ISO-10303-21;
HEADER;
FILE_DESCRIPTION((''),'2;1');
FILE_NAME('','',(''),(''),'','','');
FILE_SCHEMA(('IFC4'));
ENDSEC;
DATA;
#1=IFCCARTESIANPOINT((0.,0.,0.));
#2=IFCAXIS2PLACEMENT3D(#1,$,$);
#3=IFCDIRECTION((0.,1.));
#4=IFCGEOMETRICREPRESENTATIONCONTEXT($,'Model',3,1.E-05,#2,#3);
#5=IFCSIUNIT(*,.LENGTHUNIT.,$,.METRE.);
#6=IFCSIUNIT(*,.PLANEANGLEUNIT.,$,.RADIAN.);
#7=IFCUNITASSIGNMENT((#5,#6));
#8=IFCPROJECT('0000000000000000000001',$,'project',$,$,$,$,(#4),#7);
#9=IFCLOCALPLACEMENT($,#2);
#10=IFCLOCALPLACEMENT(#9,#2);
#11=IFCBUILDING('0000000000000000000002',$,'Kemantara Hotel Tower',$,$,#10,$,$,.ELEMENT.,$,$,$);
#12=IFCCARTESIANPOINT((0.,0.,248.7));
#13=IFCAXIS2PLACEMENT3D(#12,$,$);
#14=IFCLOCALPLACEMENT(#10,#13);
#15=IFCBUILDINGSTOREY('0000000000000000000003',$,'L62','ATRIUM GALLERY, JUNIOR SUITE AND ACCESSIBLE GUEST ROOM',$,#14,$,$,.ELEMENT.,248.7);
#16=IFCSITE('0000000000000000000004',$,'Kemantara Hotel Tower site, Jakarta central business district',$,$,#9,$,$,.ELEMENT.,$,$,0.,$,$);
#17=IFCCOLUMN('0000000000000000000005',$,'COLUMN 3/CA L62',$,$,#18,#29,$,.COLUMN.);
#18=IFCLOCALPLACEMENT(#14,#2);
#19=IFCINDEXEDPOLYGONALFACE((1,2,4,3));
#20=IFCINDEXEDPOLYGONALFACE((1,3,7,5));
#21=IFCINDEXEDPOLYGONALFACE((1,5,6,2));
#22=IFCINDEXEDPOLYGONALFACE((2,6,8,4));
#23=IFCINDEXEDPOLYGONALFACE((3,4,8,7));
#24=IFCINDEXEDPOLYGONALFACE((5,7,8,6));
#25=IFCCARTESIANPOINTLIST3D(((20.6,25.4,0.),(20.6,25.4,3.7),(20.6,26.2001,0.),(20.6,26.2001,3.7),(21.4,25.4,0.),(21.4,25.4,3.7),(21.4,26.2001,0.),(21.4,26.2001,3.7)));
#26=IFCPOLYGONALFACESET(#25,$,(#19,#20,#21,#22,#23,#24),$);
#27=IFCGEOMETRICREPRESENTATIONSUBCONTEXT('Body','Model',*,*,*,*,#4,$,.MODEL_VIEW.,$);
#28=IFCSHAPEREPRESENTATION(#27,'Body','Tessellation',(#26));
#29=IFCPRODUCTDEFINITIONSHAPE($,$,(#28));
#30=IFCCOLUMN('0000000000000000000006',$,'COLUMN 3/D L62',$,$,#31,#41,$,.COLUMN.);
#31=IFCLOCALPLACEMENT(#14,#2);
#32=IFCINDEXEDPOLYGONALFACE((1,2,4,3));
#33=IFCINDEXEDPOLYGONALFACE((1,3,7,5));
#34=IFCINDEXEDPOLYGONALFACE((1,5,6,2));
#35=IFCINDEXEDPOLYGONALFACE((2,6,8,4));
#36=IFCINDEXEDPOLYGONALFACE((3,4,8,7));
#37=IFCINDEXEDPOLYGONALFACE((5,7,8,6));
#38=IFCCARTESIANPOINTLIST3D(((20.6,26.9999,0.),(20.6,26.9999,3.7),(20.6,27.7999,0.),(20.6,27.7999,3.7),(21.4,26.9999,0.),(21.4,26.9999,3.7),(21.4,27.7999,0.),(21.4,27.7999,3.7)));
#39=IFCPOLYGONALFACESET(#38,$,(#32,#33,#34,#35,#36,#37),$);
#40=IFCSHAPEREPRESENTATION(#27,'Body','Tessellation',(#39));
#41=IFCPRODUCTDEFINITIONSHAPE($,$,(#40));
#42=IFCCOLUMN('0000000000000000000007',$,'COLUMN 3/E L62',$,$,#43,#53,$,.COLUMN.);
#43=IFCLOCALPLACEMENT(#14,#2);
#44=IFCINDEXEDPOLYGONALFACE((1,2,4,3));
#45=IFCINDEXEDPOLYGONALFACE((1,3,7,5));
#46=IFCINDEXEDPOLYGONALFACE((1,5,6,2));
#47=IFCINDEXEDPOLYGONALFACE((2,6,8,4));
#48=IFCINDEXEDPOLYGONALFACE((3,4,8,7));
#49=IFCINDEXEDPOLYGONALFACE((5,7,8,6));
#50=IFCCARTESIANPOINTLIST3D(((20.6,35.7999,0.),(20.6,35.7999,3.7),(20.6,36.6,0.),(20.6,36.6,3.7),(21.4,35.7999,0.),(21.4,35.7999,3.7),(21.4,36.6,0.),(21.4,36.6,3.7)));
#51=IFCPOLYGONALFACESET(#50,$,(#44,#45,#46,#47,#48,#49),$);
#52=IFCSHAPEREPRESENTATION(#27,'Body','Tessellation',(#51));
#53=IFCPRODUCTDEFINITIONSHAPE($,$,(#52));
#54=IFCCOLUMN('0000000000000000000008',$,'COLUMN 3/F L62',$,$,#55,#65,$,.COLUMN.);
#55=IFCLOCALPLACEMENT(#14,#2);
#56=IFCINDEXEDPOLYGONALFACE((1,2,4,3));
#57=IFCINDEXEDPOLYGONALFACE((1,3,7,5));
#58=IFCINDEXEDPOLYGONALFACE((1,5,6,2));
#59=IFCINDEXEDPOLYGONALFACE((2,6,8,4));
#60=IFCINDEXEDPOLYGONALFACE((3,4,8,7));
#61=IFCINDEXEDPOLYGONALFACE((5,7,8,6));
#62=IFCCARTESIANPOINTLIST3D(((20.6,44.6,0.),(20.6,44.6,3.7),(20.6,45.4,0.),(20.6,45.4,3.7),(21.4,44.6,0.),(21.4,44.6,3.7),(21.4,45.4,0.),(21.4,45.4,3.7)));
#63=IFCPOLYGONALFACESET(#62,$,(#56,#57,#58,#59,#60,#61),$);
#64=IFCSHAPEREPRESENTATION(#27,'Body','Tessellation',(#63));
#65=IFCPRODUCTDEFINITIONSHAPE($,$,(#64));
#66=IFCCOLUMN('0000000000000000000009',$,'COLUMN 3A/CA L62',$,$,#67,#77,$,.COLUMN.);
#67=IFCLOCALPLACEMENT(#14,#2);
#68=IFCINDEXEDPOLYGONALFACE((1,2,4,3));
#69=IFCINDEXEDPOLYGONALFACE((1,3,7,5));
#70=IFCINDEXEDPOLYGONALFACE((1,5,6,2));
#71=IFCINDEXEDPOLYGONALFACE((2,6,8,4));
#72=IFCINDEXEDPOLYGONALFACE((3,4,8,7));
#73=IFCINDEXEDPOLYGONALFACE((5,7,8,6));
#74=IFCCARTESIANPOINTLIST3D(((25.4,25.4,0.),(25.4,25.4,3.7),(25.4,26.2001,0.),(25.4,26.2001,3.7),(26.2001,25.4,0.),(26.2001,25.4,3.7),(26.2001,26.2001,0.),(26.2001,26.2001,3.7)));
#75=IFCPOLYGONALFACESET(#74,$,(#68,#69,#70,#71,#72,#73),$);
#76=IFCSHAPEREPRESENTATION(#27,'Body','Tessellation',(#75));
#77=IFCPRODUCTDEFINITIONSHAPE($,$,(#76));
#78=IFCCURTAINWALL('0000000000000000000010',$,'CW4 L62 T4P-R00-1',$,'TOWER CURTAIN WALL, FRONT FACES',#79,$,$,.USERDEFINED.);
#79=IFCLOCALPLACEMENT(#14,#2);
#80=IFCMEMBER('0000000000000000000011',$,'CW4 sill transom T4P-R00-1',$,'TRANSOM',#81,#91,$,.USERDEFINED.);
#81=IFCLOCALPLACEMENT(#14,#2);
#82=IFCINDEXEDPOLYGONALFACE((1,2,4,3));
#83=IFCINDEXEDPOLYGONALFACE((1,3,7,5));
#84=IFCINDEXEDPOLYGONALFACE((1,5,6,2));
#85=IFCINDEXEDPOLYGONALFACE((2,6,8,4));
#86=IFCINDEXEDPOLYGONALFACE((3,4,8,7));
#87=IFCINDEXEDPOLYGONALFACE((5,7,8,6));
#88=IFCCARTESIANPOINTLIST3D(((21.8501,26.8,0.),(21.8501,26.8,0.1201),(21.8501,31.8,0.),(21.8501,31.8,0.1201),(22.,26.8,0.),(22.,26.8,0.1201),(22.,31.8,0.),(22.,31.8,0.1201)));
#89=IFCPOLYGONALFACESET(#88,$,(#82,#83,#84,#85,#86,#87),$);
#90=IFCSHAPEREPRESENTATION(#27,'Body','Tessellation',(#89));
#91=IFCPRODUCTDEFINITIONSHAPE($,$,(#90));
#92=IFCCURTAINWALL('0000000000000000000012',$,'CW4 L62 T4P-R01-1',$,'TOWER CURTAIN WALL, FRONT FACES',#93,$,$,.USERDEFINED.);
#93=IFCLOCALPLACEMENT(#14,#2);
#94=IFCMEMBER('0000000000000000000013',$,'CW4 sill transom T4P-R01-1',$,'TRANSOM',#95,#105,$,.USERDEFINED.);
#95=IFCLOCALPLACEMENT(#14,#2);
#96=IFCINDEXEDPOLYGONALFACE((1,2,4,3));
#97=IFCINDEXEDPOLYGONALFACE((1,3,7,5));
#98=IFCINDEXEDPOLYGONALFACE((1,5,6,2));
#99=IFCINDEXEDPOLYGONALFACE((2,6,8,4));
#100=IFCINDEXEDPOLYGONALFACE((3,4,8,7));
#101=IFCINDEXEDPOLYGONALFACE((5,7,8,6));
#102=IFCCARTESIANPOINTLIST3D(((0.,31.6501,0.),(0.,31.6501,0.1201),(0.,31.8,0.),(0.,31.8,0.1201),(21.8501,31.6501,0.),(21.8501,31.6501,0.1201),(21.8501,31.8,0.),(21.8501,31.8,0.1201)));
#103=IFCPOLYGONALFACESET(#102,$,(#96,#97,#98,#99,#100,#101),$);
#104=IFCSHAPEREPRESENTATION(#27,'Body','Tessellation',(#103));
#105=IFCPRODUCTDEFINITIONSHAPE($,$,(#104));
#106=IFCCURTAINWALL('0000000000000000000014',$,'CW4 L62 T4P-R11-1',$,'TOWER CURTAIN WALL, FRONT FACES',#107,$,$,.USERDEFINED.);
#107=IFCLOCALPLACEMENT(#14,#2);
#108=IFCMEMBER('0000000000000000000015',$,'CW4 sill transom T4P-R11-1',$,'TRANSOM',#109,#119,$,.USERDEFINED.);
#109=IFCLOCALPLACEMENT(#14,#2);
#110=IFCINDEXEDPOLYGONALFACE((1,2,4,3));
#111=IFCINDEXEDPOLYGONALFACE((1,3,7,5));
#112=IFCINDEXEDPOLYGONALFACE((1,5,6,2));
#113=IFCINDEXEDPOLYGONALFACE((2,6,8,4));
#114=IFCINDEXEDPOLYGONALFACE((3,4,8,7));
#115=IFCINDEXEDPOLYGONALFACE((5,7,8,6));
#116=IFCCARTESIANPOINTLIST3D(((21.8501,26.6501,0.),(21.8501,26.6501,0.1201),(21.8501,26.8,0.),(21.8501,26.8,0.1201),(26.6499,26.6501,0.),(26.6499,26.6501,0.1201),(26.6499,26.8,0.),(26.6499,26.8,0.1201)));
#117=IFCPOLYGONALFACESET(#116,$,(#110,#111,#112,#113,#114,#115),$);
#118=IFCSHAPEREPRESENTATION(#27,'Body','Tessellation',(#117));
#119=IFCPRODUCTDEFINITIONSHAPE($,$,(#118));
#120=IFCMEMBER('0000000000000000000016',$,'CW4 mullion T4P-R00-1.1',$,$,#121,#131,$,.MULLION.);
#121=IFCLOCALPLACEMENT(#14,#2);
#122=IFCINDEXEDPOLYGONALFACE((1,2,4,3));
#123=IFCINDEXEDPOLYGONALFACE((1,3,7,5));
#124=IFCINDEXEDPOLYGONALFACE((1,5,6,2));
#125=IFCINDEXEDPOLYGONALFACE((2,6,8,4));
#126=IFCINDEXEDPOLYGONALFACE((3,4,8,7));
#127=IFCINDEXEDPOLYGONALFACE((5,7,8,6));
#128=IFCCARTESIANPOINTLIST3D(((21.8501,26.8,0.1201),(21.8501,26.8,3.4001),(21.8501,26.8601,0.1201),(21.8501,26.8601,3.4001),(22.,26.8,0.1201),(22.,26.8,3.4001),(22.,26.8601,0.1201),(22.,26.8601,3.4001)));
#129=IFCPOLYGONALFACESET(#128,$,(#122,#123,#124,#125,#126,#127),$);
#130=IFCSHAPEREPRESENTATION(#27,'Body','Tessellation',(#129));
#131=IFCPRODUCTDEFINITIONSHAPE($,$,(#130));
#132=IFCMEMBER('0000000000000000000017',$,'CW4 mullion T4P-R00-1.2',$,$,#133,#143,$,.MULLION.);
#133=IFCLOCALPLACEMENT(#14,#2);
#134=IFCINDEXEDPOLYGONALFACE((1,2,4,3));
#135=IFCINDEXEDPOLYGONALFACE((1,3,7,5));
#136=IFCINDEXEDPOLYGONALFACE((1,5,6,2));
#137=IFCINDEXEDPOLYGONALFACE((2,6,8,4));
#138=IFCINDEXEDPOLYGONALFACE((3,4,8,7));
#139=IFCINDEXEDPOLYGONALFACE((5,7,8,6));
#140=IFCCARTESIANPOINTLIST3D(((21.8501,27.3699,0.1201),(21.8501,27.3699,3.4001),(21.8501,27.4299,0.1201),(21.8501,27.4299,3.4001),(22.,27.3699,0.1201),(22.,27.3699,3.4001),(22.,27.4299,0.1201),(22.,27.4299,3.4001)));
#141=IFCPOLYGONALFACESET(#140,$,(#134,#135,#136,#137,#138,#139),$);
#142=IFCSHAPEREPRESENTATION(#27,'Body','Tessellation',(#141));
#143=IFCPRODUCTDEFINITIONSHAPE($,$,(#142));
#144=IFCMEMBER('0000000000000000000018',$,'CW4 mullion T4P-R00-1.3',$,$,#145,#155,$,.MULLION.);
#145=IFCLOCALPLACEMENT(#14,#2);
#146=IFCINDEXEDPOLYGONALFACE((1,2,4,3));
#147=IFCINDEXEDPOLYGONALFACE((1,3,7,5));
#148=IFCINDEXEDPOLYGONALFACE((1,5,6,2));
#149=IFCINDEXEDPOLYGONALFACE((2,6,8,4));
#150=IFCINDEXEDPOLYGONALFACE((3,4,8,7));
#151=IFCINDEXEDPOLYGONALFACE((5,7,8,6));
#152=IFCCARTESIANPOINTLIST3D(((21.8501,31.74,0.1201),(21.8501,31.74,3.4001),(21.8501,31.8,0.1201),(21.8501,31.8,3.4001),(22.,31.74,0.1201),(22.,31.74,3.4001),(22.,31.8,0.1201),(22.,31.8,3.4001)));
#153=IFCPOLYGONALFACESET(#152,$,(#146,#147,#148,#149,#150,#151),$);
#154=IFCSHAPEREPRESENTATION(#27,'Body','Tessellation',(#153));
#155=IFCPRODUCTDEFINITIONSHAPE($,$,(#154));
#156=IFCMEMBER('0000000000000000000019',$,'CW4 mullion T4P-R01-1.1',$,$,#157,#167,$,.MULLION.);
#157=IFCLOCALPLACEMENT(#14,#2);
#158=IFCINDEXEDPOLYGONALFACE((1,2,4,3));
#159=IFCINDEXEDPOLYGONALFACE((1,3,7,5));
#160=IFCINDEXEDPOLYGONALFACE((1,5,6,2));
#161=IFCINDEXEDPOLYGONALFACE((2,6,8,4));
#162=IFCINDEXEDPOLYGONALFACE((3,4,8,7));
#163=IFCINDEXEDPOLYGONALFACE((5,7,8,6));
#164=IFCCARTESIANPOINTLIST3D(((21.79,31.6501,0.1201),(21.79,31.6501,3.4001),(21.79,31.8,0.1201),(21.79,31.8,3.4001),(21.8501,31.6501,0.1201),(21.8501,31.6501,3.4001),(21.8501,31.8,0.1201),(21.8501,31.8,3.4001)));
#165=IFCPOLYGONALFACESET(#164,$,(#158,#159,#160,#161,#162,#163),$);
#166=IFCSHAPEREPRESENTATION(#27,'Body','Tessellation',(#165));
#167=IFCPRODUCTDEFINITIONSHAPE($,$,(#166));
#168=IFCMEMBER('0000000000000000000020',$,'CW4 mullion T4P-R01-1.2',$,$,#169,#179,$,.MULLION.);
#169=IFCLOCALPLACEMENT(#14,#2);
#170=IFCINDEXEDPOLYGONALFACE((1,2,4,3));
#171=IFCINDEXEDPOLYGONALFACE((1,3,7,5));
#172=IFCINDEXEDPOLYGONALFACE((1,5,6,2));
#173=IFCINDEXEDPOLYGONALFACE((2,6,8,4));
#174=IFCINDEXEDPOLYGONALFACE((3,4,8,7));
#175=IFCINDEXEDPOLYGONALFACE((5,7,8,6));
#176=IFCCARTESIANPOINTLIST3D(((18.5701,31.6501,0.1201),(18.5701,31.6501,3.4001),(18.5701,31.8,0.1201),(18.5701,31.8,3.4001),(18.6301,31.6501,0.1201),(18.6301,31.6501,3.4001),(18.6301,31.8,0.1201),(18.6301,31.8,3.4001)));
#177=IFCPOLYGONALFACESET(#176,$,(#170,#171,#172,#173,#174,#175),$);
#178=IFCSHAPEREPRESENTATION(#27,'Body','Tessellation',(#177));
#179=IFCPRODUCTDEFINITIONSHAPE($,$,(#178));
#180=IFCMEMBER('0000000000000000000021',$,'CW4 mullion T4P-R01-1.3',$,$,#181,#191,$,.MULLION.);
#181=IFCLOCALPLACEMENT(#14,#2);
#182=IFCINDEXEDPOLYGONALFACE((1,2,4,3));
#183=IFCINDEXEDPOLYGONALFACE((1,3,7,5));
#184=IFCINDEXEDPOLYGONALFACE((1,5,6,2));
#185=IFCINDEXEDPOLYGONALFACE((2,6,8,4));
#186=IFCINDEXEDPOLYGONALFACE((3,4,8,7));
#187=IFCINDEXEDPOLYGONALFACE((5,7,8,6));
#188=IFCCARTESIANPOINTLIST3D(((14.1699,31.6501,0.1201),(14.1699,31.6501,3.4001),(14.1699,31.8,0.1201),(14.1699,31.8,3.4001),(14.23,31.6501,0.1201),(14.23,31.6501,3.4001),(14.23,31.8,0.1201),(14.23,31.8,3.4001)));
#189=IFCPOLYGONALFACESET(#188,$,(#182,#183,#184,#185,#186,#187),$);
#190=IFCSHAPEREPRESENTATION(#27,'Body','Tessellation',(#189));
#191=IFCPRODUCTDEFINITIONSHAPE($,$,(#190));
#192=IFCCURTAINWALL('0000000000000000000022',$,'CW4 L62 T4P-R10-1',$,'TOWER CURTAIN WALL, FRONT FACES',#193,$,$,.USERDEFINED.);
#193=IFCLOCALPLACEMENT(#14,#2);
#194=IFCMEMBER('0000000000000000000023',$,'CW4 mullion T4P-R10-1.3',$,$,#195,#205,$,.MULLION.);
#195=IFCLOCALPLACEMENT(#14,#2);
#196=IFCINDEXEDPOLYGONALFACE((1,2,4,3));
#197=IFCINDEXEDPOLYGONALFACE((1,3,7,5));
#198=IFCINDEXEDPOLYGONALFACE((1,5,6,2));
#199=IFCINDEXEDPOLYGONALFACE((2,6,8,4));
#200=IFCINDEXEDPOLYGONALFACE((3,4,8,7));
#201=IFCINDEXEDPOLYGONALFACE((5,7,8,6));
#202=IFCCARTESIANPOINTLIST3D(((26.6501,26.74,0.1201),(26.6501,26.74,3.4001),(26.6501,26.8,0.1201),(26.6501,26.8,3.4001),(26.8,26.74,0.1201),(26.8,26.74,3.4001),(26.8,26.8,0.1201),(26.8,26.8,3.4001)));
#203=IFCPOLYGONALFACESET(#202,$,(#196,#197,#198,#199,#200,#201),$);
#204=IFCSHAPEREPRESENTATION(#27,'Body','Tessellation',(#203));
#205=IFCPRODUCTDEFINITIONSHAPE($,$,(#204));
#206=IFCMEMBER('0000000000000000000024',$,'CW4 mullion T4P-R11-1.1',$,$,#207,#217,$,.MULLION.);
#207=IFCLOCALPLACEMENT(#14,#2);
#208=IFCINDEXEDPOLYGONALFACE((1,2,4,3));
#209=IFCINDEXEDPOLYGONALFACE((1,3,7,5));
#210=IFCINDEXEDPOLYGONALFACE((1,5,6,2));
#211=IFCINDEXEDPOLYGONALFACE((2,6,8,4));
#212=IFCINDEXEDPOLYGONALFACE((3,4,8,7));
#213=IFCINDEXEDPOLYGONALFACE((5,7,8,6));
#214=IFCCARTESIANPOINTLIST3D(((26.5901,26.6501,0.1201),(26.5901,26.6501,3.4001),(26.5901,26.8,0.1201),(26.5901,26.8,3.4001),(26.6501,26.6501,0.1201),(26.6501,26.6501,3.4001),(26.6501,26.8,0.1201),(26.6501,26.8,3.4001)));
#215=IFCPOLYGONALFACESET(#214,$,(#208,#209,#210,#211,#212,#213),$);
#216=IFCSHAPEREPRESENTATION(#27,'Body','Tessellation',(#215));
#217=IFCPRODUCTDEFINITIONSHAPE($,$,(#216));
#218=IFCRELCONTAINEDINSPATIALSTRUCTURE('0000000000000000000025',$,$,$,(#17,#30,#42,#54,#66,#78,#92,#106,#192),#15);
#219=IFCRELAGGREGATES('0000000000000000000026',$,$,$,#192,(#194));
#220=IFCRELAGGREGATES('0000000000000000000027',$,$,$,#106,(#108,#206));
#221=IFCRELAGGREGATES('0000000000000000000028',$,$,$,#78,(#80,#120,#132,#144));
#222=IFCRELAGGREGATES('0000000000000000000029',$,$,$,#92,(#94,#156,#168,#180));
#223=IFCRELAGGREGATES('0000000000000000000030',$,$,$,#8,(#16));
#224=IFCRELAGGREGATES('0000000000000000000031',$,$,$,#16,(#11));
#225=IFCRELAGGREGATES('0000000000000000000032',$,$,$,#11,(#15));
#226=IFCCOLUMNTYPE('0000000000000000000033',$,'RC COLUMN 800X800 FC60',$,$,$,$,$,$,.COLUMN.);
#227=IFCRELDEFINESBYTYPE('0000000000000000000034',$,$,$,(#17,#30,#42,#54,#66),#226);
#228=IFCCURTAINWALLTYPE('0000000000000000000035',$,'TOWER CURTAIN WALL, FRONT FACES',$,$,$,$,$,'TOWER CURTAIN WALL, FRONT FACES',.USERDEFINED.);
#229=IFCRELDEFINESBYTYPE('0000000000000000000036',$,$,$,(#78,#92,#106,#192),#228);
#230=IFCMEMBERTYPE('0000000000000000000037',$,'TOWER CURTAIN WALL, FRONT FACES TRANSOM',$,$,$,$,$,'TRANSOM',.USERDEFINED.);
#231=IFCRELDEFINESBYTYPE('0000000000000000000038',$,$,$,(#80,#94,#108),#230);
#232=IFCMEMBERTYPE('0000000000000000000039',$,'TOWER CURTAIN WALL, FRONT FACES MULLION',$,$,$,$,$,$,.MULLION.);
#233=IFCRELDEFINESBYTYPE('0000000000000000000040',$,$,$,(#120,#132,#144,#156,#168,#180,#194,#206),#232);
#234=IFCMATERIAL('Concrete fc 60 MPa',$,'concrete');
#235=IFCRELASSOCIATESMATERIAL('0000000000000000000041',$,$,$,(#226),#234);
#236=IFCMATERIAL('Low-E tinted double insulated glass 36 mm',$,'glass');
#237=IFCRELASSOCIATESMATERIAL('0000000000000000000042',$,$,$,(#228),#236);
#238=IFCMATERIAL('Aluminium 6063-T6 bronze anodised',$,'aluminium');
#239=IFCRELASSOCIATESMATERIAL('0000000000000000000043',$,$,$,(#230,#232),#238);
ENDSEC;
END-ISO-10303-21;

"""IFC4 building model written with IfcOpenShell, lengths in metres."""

from ifc_helpers import new_model, si_unit, direction, frame, origin, origin_2d, place, context, subcontext, project, spatial, rectangle, extrude, source, transform, mapped, material, material_profile, profile_set, type_object, element, aggregate, save


model = new_model("IFC4")

# Units and contexts
model_context = context("Model", 3, precision=1e-05, world=origin(), true_north=direction((0.0, 1.0)))
body_context = subcontext(model_context, "Body", "Model", "MODEL_VIEW")
ifc_project = project(units=[si_unit("LENGTHUNIT", "METRE"), si_unit("PLANEANGLEUNIT", "RADIAN")], contexts=[model_context])

# Site, building, storey
site_placement = place(None, origin())
site = spatial("IfcSite", under=ifc_project, at=site_placement, Name="Kemantara Hotel Tower site, Jakarta central business district", CompositionType="ELEMENT", RefElevation=0.0)
building_placement = place(site_placement, origin())
building = spatial("IfcBuilding", under=site, at=building_placement, Name="Kemantara Hotel Tower", CompositionType="ELEMENT")
storey_placement = place(building_placement, frame((0.0, 0.0, 248.7)))
storey = spatial("IfcBuildingStorey", under=building, at=storey_placement, Name="L62", Description="ATRIUM GALLERY, JUNIOR SUITE AND ACCESSIBLE GUEST ROOM", CompositionType="ELEMENT", Elevation=248.7)

# Columns
ifc_material_1 = material(Name="Concrete fc 60 MPa", Category="concrete")
ifc_material_profile_1 = material_profile(ifc_material_1, rectangle(XDim=0.8, YDim=0.8, at=origin_2d()), Name="RC 800X800")
ifc_profile_set_1 = profile_set([ifc_material_profile_1], Name="Concrete fc 60 MPa")
column_type = type_object("IfcColumnType", Name="RC COLUMN 800X800 FC60", PredefinedType="COLUMN", material=ifc_profile_set_1)
for number, where, z_axis, x_axis, name in (
    (1, (21.0, 25.8, 0.0), (0.0, 0.0, 1.0), (1.0, 0.0, 0.0), "COLUMN 3/CA L62"),
    (2, (21.0, 27.3999, 0.0), (0.0, 0.0, 1.0), (1.0, 0.0, 0.0), "COLUMN 3/D L62"),
    (3, (21.0, 36.2, 0.0), (0.0, 0.0, 1.0), (1.0, 0.0, 0.0), "COLUMN 3/E L62"),
    (4, (21.0, 45.0, 0.0), (0.0, 0.0, 1.0), (1.0, 0.0, 0.0), "COLUMN 3/F L62"),
    (5, (25.8, 25.8, 0.0), (0.0, 0.0, 1.0), (1.0, 0.0, 0.0), "COLUMN 3A/CA L62"),
):
    element("IfcColumn", number, at=place(storey_placement, frame(where, z_axis=z_axis, x_axis=x_axis)), inside=storey, type_object=column_type, Name=name, PredefinedType="COLUMN", context=body_context, shape_type="SweptSolid", body=[
        extrude(rectangle(XDim=0.8, YDim=0.8, at=origin_2d()), origin(), (0.0, 0.0, 1.0), 3.7),
    ])

# Curtain walls, members
ifc_material_2 = material(Name="Low-E tinted double insulated glass 36 mm", Category="glass")
curtain_wall_type = type_object("IfcCurtainWallType", Name="TOWER CURTAIN WALL, FRONT FACES", ElementType="TOWER CURTAIN WALL, FRONT FACES", PredefinedType="USERDEFINED", material=ifc_material_2)
curtain_wall_1_placement = place(storey_placement, origin())
curtain_wall_1 = element("IfcCurtainWall", 6, at=curtain_wall_1_placement, inside=storey, type_object=curtain_wall_type, Name="CW4 L62 T4P-R00-1", ObjectType="TOWER CURTAIN WALL, FRONT FACES", PredefinedType="USERDEFINED")
ifc_material_3 = material(Name="Aluminium 6063-T6 bronze anodised", Category="aluminium")
ifc_material_profile_2 = material_profile(ifc_material_3, rectangle(XDim=0.1499, YDim=0.1201, at=origin_2d()), Name="TOWER CURTAIN WALL, FRONT FACES TRANSOM")
ifc_profile_set_2 = profile_set([ifc_material_profile_2], Name="Aluminium 6063-T6 bronze anodised")
member_type_1 = type_object("IfcMemberType", Name="TOWER CURTAIN WALL, FRONT FACES TRANSOM", ElementType="TRANSOM", PredefinedType="USERDEFINED", material=ifc_profile_set_2)
member_1_placement = place(storey_placement, frame((21.925, 26.8, 0.0601), z_axis=(0.0, 1.0, 0.0), x_axis=(-1.0, 0.0, 0.0)))
member_1 = element("IfcMember", 7, at=member_1_placement, type_object=member_type_1, Name="CW4 sill transom T4P-R00-1", ObjectType="TRANSOM", PredefinedType="USERDEFINED", context=body_context, shape_type="SweptSolid", body=[
    extrude(rectangle(XDim=0.1499, YDim=0.1201, at=origin_2d()), origin(), (0.0, 0.0, 1.0), 5.0),
])
curtain_wall_2_placement = place(storey_placement, origin())
curtain_wall_2 = element("IfcCurtainWall", 8, at=curtain_wall_2_placement, inside=storey, type_object=curtain_wall_type, Name="CW4 L62 T4P-R01-1", ObjectType="TOWER CURTAIN WALL, FRONT FACES", PredefinedType="USERDEFINED")
member_2_placement = place(storey_placement, frame((21.8501, 31.7251, 0.0601), z_axis=(-1.0, 0.0, 0.0), x_axis=(0.0, -1.0, 0.0)))
member_2 = element("IfcMember", 9, at=member_2_placement, type_object=member_type_1, Name="CW4 sill transom T4P-R01-1", ObjectType="TRANSOM", PredefinedType="USERDEFINED", context=body_context, shape_type="SweptSolid", body=[
    extrude(rectangle(XDim=0.1499, YDim=0.1201, at=origin_2d()), origin(), (0.0, 0.0, 1.0), 21.8501),
])
curtain_wall_3_placement = place(storey_placement, origin())
curtain_wall_3 = element("IfcCurtainWall", 10, at=curtain_wall_3_placement, inside=storey, type_object=curtain_wall_type, Name="CW4 L62 T4P-R11-1", ObjectType="TOWER CURTAIN WALL, FRONT FACES", PredefinedType="USERDEFINED")
member_3_placement = place(storey_placement, frame((26.6499, 26.7251, 0.0601), z_axis=(-1.0, 0.0, 0.0), x_axis=(0.0, -1.0, 0.0)))
member_3 = element("IfcMember", 11, at=member_3_placement, type_object=member_type_1, Name="CW4 sill transom T4P-R11-1", ObjectType="TRANSOM", PredefinedType="USERDEFINED", context=body_context, shape_type="SweptSolid", body=[
    extrude(rectangle(XDim=0.1499, YDim=0.1201, at=origin_2d()), origin(), (0.0, 0.0, 1.0), 4.7998),
])

# Members
ifc_material_profile_3 = material_profile(ifc_material_3, rectangle(XDim=0.1499, YDim=0.0601, at=origin_2d()), Name="TOWER CURTAIN WALL, FRONT FACES MULLION")
ifc_profile_set_3 = profile_set([ifc_material_profile_3], Name="Aluminium 6063-T6 bronze anodised")
member_type_2 = type_object("IfcMemberType", Name="TOWER CURTAIN WALL, FRONT FACES MULLION", PredefinedType="MULLION", material=ifc_profile_set_3)
shared_shape_1 = source(origin(), body_context, "Body", "SweptSolid", [
    extrude(rectangle(XDim=0.1499, YDim=0.0601, at=origin_2d()), origin(), (0.0, 0.0, 1.0), 3.28),
])
member_4_placement = place(storey_placement, frame((21.925, 26.8301, 0.1201), z_axis=(0.0, 0.0, 1.0), x_axis=(-1.0, 0.0, 0.0)))
member_4 = element("IfcMember", 12, at=member_4_placement, type_object=member_type_2, Name="CW4 mullion T4P-R00-1.1", PredefinedType="MULLION", context=body_context, shape_type="MappedRepresentation", body=[
    mapped(shared_shape_1, transform((0.0, 0.0, 0.0))),
])
member_5_placement = place(storey_placement, frame((21.925, 27.3999, 0.1201), z_axis=(0.0, 0.0, 1.0), x_axis=(-1.0, 0.0, 0.0)))
member_5 = element("IfcMember", 13, at=member_5_placement, type_object=member_type_2, Name="CW4 mullion T4P-R00-1.2", PredefinedType="MULLION", context=body_context, shape_type="MappedRepresentation", body=[
    mapped(shared_shape_1, transform((0.0, 0.0, 0.0))),
])
member_6_placement = place(storey_placement, frame((21.925, 31.77, 0.1201), z_axis=(0.0, 0.0, 1.0), x_axis=(-1.0, 0.0, 0.0)))
member_6 = element("IfcMember", 14, at=member_6_placement, type_object=member_type_2, Name="CW4 mullion T4P-R00-1.3", PredefinedType="MULLION", context=body_context, shape_type="MappedRepresentation", body=[
    mapped(shared_shape_1, transform((0.0, 0.0, 0.0))),
])
member_7_placement = place(storey_placement, frame((21.8201, 31.7251, 0.1201), z_axis=(0.0, 0.0, 1.0), x_axis=(0.0, -1.0, 0.0)))
member_7 = element("IfcMember", 15, at=member_7_placement, type_object=member_type_2, Name="CW4 mullion T4P-R01-1.1", PredefinedType="MULLION", context=body_context, shape_type="MappedRepresentation", body=[
    mapped(shared_shape_1, transform((0.0, 0.0, 0.0))),
])
member_8_placement = place(storey_placement, frame((18.6001, 31.7251, 0.1201), z_axis=(0.0, 0.0, 1.0), x_axis=(0.0, -1.0, 0.0)))
member_8 = element("IfcMember", 16, at=member_8_placement, type_object=member_type_2, Name="CW4 mullion T4P-R01-1.2", PredefinedType="MULLION", context=body_context, shape_type="MappedRepresentation", body=[
    mapped(shared_shape_1, transform((0.0, 0.0, 0.0))),
])
member_9_placement = place(storey_placement, frame((14.2, 31.7251, 0.1201), z_axis=(0.0, 0.0, 1.0), x_axis=(0.0, -1.0, 0.0)))
member_9 = element("IfcMember", 17, at=member_9_placement, type_object=member_type_2, Name="CW4 mullion T4P-R01-1.3", PredefinedType="MULLION", context=body_context, shape_type="MappedRepresentation", body=[
    mapped(shared_shape_1, transform((0.0, 0.0, 0.0))),
])

# Curtain wall, member
curtain_wall_4_placement = place(storey_placement, origin())
curtain_wall_4 = element("IfcCurtainWall", 18, at=curtain_wall_4_placement, inside=storey, type_object=curtain_wall_type, Name="CW4 L62 T4P-R10-1", ObjectType="TOWER CURTAIN WALL, FRONT FACES", PredefinedType="USERDEFINED")
member_10_placement = place(storey_placement, frame((26.7251, 26.77, 0.1201), z_axis=(0.0, 0.0, 1.0), x_axis=(-1.0, 0.0, 0.0)))
member_10 = element("IfcMember", 19, at=member_10_placement, type_object=member_type_2, Name="CW4 mullion T4P-R10-1.3", PredefinedType="MULLION", context=body_context, shape_type="MappedRepresentation", body=[
    mapped(shared_shape_1, transform((0.0, 0.0, 0.0))),
])
aggregate(curtain_wall_4, [member_10])

# Member
member_11_placement = place(storey_placement, frame((26.6201, 26.7251, 0.1201), z_axis=(0.0, 0.0, 1.0), x_axis=(0.0, -1.0, 0.0)))
member_11 = element("IfcMember", 20, at=member_11_placement, type_object=member_type_2, Name="CW4 mullion T4P-R11-1.1", PredefinedType="MULLION", context=body_context, shape_type="MappedRepresentation", body=[
    mapped(shared_shape_1, transform((0.0, 0.0, 0.0))),
])

aggregate(curtain_wall_3, [member_3, member_11])
aggregate(curtain_wall_1, [member_1, member_4, member_5, member_6])
aggregate(curtain_wall_2, [member_2, member_7, member_8, member_9])

save(model, "model.ifc")
